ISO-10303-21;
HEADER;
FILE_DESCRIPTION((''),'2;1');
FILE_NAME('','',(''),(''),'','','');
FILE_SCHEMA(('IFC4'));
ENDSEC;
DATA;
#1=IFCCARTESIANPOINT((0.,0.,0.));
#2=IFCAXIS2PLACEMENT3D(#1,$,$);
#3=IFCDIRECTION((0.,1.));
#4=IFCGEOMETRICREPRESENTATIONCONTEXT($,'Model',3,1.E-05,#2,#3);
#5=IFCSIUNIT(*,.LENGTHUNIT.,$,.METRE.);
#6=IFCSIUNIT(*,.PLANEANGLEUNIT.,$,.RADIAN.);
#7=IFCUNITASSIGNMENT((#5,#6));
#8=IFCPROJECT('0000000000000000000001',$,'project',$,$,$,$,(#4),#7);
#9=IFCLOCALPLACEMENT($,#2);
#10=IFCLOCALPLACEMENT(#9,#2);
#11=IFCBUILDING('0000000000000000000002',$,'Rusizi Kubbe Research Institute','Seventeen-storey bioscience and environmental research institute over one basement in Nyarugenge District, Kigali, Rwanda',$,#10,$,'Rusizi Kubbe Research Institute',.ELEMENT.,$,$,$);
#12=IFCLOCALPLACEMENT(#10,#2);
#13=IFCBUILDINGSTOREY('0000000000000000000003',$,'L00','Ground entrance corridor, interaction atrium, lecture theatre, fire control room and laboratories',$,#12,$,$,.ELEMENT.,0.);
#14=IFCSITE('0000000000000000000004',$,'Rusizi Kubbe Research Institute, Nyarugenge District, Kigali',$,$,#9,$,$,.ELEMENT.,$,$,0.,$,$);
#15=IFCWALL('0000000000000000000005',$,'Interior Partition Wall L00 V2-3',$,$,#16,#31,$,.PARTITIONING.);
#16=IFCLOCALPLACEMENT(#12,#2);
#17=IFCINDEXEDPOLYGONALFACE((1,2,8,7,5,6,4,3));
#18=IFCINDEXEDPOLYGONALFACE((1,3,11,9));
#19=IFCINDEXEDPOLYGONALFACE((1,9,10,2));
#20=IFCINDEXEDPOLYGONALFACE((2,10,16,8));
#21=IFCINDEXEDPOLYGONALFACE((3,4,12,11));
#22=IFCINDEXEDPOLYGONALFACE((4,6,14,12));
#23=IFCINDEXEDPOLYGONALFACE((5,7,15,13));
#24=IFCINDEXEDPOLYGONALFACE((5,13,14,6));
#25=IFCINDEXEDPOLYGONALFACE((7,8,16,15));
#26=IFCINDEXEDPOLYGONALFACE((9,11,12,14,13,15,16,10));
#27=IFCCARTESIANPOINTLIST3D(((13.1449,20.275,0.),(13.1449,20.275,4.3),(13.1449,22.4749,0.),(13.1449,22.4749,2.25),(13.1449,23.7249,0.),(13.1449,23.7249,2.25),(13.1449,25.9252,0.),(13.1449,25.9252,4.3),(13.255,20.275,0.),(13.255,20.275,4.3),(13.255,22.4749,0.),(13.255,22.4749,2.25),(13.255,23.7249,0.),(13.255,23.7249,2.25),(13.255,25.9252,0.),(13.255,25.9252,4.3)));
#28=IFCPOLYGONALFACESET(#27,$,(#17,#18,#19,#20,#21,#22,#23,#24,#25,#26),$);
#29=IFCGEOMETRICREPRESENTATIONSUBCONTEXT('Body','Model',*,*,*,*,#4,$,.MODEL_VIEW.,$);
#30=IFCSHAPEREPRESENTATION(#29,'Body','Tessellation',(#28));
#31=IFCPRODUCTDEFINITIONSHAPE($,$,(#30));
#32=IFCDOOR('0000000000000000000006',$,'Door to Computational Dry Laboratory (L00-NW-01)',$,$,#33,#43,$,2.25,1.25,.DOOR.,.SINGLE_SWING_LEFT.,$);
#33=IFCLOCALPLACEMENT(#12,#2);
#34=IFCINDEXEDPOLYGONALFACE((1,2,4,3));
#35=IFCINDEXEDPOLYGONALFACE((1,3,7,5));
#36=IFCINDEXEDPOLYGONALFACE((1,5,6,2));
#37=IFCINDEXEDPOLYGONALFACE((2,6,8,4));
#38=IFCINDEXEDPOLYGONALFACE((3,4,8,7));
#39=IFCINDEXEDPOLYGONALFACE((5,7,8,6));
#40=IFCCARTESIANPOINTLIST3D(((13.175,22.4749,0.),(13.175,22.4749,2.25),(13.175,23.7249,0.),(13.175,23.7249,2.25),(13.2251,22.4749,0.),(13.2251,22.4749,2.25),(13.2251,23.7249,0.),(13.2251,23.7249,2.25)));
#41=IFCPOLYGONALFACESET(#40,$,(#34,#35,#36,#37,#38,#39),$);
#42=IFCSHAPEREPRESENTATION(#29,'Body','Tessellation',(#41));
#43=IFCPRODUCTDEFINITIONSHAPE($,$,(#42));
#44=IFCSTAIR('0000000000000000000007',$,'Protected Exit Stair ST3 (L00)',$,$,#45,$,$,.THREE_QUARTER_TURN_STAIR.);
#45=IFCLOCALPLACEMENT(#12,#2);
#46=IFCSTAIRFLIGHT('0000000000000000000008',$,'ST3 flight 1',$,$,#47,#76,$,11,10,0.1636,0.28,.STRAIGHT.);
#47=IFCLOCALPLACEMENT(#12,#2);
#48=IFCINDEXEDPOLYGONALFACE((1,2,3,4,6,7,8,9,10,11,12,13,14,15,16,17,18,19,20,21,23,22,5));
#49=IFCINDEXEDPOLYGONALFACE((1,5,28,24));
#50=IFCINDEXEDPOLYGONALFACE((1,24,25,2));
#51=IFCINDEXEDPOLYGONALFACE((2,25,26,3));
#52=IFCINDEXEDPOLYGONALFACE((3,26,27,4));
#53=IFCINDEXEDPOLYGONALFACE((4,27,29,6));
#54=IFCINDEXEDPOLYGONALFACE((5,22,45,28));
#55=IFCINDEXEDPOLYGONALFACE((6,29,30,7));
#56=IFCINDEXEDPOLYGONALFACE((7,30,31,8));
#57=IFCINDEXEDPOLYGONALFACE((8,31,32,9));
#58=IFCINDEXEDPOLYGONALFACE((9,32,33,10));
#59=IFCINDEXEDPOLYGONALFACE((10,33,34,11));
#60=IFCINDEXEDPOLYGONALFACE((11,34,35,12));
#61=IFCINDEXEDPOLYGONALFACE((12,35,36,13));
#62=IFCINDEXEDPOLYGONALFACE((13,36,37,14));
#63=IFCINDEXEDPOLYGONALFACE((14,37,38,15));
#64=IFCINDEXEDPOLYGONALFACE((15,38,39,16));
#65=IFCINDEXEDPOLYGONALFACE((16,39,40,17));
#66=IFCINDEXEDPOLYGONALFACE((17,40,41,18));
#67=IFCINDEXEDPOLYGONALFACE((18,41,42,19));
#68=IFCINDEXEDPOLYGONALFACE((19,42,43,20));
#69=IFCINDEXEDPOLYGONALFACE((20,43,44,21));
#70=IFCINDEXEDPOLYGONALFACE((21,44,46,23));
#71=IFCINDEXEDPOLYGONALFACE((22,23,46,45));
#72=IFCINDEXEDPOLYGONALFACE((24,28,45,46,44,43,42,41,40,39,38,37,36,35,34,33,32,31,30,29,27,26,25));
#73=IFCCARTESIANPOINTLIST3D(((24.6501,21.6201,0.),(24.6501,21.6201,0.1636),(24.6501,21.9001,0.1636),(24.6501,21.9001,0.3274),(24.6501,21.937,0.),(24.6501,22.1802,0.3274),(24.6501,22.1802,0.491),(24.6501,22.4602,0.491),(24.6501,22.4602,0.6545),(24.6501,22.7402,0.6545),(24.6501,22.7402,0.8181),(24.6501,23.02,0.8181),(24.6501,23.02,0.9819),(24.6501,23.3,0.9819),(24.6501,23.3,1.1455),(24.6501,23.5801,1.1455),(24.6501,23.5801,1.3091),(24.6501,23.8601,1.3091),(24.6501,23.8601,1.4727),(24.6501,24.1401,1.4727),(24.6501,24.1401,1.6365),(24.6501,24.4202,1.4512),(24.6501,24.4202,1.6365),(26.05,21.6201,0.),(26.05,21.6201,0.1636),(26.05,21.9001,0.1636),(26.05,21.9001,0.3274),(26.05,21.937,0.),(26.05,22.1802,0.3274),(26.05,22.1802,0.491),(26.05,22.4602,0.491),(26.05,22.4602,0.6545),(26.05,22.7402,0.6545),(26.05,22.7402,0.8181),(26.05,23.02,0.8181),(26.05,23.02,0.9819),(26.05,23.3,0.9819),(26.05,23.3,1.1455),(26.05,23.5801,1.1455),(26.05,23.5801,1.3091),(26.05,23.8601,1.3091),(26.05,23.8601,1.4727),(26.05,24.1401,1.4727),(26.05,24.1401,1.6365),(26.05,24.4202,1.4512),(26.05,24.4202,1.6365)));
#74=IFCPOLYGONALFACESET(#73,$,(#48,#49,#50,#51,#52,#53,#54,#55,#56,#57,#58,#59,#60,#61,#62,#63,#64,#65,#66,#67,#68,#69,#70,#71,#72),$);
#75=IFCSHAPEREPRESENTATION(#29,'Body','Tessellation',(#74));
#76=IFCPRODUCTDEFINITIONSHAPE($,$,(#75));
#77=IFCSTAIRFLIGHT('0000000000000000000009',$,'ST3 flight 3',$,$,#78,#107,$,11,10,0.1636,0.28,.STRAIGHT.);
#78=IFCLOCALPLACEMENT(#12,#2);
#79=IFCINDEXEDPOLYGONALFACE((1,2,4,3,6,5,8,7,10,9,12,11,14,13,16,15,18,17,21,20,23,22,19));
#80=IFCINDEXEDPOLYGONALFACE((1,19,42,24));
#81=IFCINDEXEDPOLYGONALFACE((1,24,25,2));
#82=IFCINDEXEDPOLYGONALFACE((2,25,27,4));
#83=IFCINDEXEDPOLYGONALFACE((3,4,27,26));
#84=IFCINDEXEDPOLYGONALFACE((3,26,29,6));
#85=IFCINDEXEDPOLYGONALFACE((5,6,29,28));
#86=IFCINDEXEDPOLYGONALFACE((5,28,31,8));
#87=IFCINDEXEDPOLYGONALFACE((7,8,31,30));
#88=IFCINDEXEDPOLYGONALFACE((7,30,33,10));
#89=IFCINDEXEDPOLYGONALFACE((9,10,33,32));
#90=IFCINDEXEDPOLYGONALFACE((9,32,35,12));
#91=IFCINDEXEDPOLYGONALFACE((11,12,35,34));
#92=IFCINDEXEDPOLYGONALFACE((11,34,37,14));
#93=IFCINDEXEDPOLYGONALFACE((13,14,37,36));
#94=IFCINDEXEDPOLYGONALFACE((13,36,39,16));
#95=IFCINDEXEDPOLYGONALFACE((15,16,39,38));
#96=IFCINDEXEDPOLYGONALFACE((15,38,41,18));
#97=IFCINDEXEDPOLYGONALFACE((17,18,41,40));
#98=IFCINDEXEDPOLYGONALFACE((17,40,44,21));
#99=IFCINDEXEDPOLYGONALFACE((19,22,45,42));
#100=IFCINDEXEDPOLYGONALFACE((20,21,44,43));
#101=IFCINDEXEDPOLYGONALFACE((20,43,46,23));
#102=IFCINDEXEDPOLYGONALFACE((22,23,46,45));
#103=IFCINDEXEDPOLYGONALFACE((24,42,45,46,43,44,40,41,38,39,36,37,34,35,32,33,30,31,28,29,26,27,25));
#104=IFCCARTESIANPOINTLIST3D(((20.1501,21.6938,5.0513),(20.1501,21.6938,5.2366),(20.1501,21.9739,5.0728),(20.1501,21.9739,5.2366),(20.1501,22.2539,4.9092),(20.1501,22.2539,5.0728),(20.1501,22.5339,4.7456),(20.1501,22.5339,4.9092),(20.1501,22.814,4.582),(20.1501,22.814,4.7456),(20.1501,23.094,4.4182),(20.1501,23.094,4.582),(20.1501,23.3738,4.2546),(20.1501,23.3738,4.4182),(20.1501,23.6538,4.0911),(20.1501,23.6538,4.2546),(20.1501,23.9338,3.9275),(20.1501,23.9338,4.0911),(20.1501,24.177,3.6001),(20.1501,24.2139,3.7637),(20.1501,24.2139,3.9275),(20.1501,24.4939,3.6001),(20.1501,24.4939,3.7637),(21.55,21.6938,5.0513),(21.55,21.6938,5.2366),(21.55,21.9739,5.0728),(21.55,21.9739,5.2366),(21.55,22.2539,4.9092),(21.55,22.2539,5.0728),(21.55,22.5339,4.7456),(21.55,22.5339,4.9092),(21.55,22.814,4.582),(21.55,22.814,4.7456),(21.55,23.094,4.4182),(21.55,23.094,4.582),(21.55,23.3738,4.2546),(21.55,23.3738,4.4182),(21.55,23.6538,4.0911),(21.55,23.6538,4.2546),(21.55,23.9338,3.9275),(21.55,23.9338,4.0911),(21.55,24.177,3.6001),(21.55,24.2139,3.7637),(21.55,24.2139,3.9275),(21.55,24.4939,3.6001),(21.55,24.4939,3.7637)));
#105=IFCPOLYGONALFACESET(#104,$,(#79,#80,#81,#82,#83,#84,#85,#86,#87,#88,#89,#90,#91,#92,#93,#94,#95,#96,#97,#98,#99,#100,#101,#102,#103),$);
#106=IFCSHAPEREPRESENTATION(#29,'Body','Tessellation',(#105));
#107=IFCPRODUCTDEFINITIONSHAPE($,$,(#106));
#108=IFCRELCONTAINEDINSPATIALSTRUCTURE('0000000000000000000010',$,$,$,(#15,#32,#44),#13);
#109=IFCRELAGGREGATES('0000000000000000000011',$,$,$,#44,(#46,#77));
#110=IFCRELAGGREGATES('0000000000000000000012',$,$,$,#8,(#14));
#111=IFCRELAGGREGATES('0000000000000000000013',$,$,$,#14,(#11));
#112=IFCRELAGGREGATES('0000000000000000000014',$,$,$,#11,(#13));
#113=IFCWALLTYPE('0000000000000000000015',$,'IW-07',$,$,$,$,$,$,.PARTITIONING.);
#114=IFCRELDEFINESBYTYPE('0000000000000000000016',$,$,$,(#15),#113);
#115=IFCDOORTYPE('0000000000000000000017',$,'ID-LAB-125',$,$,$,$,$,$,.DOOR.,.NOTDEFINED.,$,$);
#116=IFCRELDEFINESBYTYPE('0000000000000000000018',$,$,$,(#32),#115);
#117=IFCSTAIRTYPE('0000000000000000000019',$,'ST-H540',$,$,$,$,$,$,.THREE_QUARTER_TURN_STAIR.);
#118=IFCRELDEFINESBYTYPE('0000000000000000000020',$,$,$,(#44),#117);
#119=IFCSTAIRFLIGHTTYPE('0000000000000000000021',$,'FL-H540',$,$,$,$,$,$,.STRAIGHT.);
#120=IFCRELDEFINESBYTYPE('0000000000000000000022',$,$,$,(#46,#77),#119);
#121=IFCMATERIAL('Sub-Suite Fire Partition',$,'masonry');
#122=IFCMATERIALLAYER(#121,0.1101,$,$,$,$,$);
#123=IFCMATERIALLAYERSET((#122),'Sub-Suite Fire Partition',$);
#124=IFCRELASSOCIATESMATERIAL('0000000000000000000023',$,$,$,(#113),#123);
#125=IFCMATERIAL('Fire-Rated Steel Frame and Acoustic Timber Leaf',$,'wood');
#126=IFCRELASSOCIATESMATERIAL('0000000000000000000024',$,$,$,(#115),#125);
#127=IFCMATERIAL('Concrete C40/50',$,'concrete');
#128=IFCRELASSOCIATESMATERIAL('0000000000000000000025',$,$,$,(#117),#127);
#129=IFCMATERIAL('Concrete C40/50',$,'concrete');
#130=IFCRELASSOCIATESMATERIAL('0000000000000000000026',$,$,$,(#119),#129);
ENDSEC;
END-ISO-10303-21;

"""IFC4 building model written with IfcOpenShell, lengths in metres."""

from ifc_helpers import new_model, si_unit, direction, frame, frame_2d, origin, place, context, subcontext, project, spatial, polyline, rectangle, outline, extrude, material, layer, layer_set, type_object, element, fill, aggregate, save


model = new_model("IFC4")

# Units and contexts
model_context = context("Model", 3, precision=1e-05, world=origin(), true_north=direction((0.0, 1.0)))
body_context = subcontext(model_context, "Body", "Model", "MODEL_VIEW")
ifc_project = project(units=[si_unit("LENGTHUNIT", "METRE"), si_unit("PLANEANGLEUNIT", "RADIAN")], contexts=[model_context])

# Site, building, storey
site_placement = place(None, origin())
site = spatial("IfcSite", under=ifc_project, at=site_placement, Name="Rusizi Kubbe Research Institute, Nyarugenge District, Kigali", CompositionType="ELEMENT", RefElevation=0.0)
building_placement = place(site_placement, origin())
building = spatial("IfcBuilding", under=site, at=building_placement, Name="Rusizi Kubbe Research Institute", Description="Seventeen-storey bioscience and environmental research institute over one basement in Nyarugenge District, Kigali, Rwanda", LongName="Rusizi Kubbe Research Institute", CompositionType="ELEMENT")
storey_placement = place(building_placement, origin())
storey = spatial("IfcBuildingStorey", under=building, at=storey_placement, Name="L00", Description="Ground entrance corridor, interaction atrium, lecture theatre, fire control room and laboratories", CompositionType="ELEMENT", Elevation=0.0)

# Wall, opening, door
ifc_material_1 = material(Name="Sub-Suite Fire Partition", Category="masonry")
ifc_layer_1 = layer(ifc_material_1, 0.1101)
ifc_layer_set_1 = layer_set([ifc_layer_1], Name="Sub-Suite Fire Partition")
wall_type_1 = type_object("IfcWallType", Name="IW-07", PredefinedType="PARTITIONING", material=ifc_layer_set_1)
wall_1_placement = place(storey_placement, frame((13.2, 20.2749, 0.0), z_axis=(0.0, 0.0, 1.0), x_axis=(0.0, 1.0, 0.0)))
wall_1 = element("IfcWall", 1, at=wall_1_placement, inside=storey, type_object=wall_type_1, Name="Interior Partition Wall L00 V2-3", PredefinedType="PARTITIONING", context=body_context, shape_type="SweptSolid", body=[
    extrude(rectangle(XDim=5.6501, YDim=0.1101, at=frame_2d((2.8252, 0.0))), origin(), (0.0, 0.0, 1.0), 4.3),
])
opening_1_placement = place(wall_1_placement, frame((2.2, 0.0, 0.0)))
opening_1 = element("IfcOpeningElement", 2, at=opening_1_placement, cuts=wall_1, PredefinedType="OPENING", context=body_context, shape_type="SweptSolid", body=[
    extrude(rectangle(XDim=1.25, YDim=2.25, at=frame_2d((0.625, 1.125))), frame((0.0, 0.0649, 0.0), z_axis=(0.0, -1.0, 0.0), x_axis=(1.0, 0.0, 0.0)), (0.0, 0.0, 1.0), 0.1301),
])
ifc_material_2 = material(Name="Fire-Rated Steel Frame and Acoustic Timber Leaf", Category="wood")
door_type_1 = type_object("IfcDoorType", Name="ID-LAB-125", OperationType="NOTDEFINED", PredefinedType="DOOR", material=ifc_material_2)
door_1_placement = place(opening_1_placement, origin())
door_1 = element("IfcDoor", 3, at=door_1_placement, inside=storey, type_object=door_type_1, Name="Door to Computational Dry Laboratory (L00-NW-01)", OperationType="SINGLE_SWING_LEFT", OverallHeight=2.25, OverallWidth=1.25, PredefinedType="DOOR", context=body_context, shape_type="SweptSolid", body=[
    extrude(rectangle(XDim=1.25, YDim=2.25, at=frame_2d((0.625, 1.125))), frame((0.0, 0.0249, 0.0), z_axis=(0.0, -1.0, 0.0), x_axis=(1.0, 0.0, 0.0)), (0.0, 0.0, 1.0), 0.05),
])
fill(opening_1, door_1)

# Stair, stair flights
ifc_material_3 = material(Name="Concrete C40/50", Category="concrete")
stair_type = type_object("IfcStairType", Name="ST-H540", PredefinedType="THREE_QUARTER_TURN_STAIR", material=ifc_material_3)
stair_placement = place(storey_placement, origin())
stair = element("IfcStair", 4, at=stair_placement, inside=storey, type_object=stair_type, Name="Protected Exit Stair ST3 (L00)", PredefinedType="THREE_QUARTER_TURN_STAIR")
ifc_material_4 = material(Name="Concrete C40/50", Category="concrete")
stair_flight_type = type_object("IfcStairFlightType", Name="FL-H540", PredefinedType="STRAIGHT", material=ifc_material_4)
stair_flight_1_placement = place(storey_placement, frame((25.3501, 21.6201, 0.0), z_axis=(0.0, 0.0, 1.0), x_axis=(0.0, 1.0, 0.0)))
stair_flight_1 = element("IfcStairFlight", 5, at=stair_flight_1_placement, type_object=stair_flight_type, Name="ST3 flight 1", NumberOfRisers=11, NumberOfTreads=10, PredefinedType="STRAIGHT", RiserHeight=0.1636, TreadLength=0.28, context=body_context, shape_type="SweptSolid", body=[
    extrude(outline(polyline([(0.0, 0.0), (0.0, 0.1636), (0.28, 0.1636), (0.28, 0.3274), (0.5601, 0.3274), (0.5601, 0.491), (0.8401, 0.491), (0.8401, 0.6545), (1.1201, 0.6545), (1.1201, 0.8181), (1.3999, 0.8181), (1.3999, 0.9819), (1.6799, 0.9819), (1.6799, 1.1455), (1.96, 1.1455), (1.96, 1.3091), (2.24, 1.3091), (2.24, 1.4727), (2.52, 1.4727), (2.52, 1.6365), (2.8, 1.6365), (2.8, 1.8), (2.8, 1.4512), (0.3169, 0.0), (0.0, 0.0)])), frame((0.0, 0.7, 0.0), z_axis=(0.0, -1.0, 0.0), x_axis=(1.0, 0.0, 0.0)), (0.0, 0.0, 1.0), 1.3999),
])
stair_flight_2_placement = place(storey_placement, frame((20.8501, 24.4939, 3.6001), z_axis=(0.0, 0.0, 1.0), x_axis=(0.0, -1.0, 0.0)))
stair_flight_2 = element("IfcStairFlight", 6, at=stair_flight_2_placement, type_object=stair_flight_type, Name="ST3 flight 3", NumberOfRisers=11, NumberOfTreads=10, PredefinedType="STRAIGHT", RiserHeight=0.1636, TreadLength=0.28, context=body_context, shape_type="SweptSolid", body=[
    extrude(outline(polyline([(0.0, 0.0), (0.0, 0.1636), (0.28, 0.1636), (0.28, 0.3274), (0.5601, 0.3274), (0.5601, 0.491), (0.8401, 0.491), (0.8401, 0.6545), (1.1201, 0.6545), (1.1201, 0.8181), (1.3999, 0.8181), (1.3999, 0.9819), (1.6799, 0.9819), (1.6799, 1.1455), (1.96, 1.1455), (1.96, 1.3091), (2.24, 1.3091), (2.24, 1.4727), (2.52, 1.4727), (2.52, 1.6365), (2.8, 1.6365), (2.8, 1.8), (2.8, 1.4512), (0.3169, 0.0), (0.0, 0.0)])), frame((0.0, 0.7, 0.0), z_axis=(0.0, -1.0, 0.0), x_axis=(1.0, 0.0, 0.0)), (0.0, 0.0, 1.0), 1.3999),
])
aggregate(stair, [stair_flight_1, stair_flight_2])

save(model, "model.ifc")
